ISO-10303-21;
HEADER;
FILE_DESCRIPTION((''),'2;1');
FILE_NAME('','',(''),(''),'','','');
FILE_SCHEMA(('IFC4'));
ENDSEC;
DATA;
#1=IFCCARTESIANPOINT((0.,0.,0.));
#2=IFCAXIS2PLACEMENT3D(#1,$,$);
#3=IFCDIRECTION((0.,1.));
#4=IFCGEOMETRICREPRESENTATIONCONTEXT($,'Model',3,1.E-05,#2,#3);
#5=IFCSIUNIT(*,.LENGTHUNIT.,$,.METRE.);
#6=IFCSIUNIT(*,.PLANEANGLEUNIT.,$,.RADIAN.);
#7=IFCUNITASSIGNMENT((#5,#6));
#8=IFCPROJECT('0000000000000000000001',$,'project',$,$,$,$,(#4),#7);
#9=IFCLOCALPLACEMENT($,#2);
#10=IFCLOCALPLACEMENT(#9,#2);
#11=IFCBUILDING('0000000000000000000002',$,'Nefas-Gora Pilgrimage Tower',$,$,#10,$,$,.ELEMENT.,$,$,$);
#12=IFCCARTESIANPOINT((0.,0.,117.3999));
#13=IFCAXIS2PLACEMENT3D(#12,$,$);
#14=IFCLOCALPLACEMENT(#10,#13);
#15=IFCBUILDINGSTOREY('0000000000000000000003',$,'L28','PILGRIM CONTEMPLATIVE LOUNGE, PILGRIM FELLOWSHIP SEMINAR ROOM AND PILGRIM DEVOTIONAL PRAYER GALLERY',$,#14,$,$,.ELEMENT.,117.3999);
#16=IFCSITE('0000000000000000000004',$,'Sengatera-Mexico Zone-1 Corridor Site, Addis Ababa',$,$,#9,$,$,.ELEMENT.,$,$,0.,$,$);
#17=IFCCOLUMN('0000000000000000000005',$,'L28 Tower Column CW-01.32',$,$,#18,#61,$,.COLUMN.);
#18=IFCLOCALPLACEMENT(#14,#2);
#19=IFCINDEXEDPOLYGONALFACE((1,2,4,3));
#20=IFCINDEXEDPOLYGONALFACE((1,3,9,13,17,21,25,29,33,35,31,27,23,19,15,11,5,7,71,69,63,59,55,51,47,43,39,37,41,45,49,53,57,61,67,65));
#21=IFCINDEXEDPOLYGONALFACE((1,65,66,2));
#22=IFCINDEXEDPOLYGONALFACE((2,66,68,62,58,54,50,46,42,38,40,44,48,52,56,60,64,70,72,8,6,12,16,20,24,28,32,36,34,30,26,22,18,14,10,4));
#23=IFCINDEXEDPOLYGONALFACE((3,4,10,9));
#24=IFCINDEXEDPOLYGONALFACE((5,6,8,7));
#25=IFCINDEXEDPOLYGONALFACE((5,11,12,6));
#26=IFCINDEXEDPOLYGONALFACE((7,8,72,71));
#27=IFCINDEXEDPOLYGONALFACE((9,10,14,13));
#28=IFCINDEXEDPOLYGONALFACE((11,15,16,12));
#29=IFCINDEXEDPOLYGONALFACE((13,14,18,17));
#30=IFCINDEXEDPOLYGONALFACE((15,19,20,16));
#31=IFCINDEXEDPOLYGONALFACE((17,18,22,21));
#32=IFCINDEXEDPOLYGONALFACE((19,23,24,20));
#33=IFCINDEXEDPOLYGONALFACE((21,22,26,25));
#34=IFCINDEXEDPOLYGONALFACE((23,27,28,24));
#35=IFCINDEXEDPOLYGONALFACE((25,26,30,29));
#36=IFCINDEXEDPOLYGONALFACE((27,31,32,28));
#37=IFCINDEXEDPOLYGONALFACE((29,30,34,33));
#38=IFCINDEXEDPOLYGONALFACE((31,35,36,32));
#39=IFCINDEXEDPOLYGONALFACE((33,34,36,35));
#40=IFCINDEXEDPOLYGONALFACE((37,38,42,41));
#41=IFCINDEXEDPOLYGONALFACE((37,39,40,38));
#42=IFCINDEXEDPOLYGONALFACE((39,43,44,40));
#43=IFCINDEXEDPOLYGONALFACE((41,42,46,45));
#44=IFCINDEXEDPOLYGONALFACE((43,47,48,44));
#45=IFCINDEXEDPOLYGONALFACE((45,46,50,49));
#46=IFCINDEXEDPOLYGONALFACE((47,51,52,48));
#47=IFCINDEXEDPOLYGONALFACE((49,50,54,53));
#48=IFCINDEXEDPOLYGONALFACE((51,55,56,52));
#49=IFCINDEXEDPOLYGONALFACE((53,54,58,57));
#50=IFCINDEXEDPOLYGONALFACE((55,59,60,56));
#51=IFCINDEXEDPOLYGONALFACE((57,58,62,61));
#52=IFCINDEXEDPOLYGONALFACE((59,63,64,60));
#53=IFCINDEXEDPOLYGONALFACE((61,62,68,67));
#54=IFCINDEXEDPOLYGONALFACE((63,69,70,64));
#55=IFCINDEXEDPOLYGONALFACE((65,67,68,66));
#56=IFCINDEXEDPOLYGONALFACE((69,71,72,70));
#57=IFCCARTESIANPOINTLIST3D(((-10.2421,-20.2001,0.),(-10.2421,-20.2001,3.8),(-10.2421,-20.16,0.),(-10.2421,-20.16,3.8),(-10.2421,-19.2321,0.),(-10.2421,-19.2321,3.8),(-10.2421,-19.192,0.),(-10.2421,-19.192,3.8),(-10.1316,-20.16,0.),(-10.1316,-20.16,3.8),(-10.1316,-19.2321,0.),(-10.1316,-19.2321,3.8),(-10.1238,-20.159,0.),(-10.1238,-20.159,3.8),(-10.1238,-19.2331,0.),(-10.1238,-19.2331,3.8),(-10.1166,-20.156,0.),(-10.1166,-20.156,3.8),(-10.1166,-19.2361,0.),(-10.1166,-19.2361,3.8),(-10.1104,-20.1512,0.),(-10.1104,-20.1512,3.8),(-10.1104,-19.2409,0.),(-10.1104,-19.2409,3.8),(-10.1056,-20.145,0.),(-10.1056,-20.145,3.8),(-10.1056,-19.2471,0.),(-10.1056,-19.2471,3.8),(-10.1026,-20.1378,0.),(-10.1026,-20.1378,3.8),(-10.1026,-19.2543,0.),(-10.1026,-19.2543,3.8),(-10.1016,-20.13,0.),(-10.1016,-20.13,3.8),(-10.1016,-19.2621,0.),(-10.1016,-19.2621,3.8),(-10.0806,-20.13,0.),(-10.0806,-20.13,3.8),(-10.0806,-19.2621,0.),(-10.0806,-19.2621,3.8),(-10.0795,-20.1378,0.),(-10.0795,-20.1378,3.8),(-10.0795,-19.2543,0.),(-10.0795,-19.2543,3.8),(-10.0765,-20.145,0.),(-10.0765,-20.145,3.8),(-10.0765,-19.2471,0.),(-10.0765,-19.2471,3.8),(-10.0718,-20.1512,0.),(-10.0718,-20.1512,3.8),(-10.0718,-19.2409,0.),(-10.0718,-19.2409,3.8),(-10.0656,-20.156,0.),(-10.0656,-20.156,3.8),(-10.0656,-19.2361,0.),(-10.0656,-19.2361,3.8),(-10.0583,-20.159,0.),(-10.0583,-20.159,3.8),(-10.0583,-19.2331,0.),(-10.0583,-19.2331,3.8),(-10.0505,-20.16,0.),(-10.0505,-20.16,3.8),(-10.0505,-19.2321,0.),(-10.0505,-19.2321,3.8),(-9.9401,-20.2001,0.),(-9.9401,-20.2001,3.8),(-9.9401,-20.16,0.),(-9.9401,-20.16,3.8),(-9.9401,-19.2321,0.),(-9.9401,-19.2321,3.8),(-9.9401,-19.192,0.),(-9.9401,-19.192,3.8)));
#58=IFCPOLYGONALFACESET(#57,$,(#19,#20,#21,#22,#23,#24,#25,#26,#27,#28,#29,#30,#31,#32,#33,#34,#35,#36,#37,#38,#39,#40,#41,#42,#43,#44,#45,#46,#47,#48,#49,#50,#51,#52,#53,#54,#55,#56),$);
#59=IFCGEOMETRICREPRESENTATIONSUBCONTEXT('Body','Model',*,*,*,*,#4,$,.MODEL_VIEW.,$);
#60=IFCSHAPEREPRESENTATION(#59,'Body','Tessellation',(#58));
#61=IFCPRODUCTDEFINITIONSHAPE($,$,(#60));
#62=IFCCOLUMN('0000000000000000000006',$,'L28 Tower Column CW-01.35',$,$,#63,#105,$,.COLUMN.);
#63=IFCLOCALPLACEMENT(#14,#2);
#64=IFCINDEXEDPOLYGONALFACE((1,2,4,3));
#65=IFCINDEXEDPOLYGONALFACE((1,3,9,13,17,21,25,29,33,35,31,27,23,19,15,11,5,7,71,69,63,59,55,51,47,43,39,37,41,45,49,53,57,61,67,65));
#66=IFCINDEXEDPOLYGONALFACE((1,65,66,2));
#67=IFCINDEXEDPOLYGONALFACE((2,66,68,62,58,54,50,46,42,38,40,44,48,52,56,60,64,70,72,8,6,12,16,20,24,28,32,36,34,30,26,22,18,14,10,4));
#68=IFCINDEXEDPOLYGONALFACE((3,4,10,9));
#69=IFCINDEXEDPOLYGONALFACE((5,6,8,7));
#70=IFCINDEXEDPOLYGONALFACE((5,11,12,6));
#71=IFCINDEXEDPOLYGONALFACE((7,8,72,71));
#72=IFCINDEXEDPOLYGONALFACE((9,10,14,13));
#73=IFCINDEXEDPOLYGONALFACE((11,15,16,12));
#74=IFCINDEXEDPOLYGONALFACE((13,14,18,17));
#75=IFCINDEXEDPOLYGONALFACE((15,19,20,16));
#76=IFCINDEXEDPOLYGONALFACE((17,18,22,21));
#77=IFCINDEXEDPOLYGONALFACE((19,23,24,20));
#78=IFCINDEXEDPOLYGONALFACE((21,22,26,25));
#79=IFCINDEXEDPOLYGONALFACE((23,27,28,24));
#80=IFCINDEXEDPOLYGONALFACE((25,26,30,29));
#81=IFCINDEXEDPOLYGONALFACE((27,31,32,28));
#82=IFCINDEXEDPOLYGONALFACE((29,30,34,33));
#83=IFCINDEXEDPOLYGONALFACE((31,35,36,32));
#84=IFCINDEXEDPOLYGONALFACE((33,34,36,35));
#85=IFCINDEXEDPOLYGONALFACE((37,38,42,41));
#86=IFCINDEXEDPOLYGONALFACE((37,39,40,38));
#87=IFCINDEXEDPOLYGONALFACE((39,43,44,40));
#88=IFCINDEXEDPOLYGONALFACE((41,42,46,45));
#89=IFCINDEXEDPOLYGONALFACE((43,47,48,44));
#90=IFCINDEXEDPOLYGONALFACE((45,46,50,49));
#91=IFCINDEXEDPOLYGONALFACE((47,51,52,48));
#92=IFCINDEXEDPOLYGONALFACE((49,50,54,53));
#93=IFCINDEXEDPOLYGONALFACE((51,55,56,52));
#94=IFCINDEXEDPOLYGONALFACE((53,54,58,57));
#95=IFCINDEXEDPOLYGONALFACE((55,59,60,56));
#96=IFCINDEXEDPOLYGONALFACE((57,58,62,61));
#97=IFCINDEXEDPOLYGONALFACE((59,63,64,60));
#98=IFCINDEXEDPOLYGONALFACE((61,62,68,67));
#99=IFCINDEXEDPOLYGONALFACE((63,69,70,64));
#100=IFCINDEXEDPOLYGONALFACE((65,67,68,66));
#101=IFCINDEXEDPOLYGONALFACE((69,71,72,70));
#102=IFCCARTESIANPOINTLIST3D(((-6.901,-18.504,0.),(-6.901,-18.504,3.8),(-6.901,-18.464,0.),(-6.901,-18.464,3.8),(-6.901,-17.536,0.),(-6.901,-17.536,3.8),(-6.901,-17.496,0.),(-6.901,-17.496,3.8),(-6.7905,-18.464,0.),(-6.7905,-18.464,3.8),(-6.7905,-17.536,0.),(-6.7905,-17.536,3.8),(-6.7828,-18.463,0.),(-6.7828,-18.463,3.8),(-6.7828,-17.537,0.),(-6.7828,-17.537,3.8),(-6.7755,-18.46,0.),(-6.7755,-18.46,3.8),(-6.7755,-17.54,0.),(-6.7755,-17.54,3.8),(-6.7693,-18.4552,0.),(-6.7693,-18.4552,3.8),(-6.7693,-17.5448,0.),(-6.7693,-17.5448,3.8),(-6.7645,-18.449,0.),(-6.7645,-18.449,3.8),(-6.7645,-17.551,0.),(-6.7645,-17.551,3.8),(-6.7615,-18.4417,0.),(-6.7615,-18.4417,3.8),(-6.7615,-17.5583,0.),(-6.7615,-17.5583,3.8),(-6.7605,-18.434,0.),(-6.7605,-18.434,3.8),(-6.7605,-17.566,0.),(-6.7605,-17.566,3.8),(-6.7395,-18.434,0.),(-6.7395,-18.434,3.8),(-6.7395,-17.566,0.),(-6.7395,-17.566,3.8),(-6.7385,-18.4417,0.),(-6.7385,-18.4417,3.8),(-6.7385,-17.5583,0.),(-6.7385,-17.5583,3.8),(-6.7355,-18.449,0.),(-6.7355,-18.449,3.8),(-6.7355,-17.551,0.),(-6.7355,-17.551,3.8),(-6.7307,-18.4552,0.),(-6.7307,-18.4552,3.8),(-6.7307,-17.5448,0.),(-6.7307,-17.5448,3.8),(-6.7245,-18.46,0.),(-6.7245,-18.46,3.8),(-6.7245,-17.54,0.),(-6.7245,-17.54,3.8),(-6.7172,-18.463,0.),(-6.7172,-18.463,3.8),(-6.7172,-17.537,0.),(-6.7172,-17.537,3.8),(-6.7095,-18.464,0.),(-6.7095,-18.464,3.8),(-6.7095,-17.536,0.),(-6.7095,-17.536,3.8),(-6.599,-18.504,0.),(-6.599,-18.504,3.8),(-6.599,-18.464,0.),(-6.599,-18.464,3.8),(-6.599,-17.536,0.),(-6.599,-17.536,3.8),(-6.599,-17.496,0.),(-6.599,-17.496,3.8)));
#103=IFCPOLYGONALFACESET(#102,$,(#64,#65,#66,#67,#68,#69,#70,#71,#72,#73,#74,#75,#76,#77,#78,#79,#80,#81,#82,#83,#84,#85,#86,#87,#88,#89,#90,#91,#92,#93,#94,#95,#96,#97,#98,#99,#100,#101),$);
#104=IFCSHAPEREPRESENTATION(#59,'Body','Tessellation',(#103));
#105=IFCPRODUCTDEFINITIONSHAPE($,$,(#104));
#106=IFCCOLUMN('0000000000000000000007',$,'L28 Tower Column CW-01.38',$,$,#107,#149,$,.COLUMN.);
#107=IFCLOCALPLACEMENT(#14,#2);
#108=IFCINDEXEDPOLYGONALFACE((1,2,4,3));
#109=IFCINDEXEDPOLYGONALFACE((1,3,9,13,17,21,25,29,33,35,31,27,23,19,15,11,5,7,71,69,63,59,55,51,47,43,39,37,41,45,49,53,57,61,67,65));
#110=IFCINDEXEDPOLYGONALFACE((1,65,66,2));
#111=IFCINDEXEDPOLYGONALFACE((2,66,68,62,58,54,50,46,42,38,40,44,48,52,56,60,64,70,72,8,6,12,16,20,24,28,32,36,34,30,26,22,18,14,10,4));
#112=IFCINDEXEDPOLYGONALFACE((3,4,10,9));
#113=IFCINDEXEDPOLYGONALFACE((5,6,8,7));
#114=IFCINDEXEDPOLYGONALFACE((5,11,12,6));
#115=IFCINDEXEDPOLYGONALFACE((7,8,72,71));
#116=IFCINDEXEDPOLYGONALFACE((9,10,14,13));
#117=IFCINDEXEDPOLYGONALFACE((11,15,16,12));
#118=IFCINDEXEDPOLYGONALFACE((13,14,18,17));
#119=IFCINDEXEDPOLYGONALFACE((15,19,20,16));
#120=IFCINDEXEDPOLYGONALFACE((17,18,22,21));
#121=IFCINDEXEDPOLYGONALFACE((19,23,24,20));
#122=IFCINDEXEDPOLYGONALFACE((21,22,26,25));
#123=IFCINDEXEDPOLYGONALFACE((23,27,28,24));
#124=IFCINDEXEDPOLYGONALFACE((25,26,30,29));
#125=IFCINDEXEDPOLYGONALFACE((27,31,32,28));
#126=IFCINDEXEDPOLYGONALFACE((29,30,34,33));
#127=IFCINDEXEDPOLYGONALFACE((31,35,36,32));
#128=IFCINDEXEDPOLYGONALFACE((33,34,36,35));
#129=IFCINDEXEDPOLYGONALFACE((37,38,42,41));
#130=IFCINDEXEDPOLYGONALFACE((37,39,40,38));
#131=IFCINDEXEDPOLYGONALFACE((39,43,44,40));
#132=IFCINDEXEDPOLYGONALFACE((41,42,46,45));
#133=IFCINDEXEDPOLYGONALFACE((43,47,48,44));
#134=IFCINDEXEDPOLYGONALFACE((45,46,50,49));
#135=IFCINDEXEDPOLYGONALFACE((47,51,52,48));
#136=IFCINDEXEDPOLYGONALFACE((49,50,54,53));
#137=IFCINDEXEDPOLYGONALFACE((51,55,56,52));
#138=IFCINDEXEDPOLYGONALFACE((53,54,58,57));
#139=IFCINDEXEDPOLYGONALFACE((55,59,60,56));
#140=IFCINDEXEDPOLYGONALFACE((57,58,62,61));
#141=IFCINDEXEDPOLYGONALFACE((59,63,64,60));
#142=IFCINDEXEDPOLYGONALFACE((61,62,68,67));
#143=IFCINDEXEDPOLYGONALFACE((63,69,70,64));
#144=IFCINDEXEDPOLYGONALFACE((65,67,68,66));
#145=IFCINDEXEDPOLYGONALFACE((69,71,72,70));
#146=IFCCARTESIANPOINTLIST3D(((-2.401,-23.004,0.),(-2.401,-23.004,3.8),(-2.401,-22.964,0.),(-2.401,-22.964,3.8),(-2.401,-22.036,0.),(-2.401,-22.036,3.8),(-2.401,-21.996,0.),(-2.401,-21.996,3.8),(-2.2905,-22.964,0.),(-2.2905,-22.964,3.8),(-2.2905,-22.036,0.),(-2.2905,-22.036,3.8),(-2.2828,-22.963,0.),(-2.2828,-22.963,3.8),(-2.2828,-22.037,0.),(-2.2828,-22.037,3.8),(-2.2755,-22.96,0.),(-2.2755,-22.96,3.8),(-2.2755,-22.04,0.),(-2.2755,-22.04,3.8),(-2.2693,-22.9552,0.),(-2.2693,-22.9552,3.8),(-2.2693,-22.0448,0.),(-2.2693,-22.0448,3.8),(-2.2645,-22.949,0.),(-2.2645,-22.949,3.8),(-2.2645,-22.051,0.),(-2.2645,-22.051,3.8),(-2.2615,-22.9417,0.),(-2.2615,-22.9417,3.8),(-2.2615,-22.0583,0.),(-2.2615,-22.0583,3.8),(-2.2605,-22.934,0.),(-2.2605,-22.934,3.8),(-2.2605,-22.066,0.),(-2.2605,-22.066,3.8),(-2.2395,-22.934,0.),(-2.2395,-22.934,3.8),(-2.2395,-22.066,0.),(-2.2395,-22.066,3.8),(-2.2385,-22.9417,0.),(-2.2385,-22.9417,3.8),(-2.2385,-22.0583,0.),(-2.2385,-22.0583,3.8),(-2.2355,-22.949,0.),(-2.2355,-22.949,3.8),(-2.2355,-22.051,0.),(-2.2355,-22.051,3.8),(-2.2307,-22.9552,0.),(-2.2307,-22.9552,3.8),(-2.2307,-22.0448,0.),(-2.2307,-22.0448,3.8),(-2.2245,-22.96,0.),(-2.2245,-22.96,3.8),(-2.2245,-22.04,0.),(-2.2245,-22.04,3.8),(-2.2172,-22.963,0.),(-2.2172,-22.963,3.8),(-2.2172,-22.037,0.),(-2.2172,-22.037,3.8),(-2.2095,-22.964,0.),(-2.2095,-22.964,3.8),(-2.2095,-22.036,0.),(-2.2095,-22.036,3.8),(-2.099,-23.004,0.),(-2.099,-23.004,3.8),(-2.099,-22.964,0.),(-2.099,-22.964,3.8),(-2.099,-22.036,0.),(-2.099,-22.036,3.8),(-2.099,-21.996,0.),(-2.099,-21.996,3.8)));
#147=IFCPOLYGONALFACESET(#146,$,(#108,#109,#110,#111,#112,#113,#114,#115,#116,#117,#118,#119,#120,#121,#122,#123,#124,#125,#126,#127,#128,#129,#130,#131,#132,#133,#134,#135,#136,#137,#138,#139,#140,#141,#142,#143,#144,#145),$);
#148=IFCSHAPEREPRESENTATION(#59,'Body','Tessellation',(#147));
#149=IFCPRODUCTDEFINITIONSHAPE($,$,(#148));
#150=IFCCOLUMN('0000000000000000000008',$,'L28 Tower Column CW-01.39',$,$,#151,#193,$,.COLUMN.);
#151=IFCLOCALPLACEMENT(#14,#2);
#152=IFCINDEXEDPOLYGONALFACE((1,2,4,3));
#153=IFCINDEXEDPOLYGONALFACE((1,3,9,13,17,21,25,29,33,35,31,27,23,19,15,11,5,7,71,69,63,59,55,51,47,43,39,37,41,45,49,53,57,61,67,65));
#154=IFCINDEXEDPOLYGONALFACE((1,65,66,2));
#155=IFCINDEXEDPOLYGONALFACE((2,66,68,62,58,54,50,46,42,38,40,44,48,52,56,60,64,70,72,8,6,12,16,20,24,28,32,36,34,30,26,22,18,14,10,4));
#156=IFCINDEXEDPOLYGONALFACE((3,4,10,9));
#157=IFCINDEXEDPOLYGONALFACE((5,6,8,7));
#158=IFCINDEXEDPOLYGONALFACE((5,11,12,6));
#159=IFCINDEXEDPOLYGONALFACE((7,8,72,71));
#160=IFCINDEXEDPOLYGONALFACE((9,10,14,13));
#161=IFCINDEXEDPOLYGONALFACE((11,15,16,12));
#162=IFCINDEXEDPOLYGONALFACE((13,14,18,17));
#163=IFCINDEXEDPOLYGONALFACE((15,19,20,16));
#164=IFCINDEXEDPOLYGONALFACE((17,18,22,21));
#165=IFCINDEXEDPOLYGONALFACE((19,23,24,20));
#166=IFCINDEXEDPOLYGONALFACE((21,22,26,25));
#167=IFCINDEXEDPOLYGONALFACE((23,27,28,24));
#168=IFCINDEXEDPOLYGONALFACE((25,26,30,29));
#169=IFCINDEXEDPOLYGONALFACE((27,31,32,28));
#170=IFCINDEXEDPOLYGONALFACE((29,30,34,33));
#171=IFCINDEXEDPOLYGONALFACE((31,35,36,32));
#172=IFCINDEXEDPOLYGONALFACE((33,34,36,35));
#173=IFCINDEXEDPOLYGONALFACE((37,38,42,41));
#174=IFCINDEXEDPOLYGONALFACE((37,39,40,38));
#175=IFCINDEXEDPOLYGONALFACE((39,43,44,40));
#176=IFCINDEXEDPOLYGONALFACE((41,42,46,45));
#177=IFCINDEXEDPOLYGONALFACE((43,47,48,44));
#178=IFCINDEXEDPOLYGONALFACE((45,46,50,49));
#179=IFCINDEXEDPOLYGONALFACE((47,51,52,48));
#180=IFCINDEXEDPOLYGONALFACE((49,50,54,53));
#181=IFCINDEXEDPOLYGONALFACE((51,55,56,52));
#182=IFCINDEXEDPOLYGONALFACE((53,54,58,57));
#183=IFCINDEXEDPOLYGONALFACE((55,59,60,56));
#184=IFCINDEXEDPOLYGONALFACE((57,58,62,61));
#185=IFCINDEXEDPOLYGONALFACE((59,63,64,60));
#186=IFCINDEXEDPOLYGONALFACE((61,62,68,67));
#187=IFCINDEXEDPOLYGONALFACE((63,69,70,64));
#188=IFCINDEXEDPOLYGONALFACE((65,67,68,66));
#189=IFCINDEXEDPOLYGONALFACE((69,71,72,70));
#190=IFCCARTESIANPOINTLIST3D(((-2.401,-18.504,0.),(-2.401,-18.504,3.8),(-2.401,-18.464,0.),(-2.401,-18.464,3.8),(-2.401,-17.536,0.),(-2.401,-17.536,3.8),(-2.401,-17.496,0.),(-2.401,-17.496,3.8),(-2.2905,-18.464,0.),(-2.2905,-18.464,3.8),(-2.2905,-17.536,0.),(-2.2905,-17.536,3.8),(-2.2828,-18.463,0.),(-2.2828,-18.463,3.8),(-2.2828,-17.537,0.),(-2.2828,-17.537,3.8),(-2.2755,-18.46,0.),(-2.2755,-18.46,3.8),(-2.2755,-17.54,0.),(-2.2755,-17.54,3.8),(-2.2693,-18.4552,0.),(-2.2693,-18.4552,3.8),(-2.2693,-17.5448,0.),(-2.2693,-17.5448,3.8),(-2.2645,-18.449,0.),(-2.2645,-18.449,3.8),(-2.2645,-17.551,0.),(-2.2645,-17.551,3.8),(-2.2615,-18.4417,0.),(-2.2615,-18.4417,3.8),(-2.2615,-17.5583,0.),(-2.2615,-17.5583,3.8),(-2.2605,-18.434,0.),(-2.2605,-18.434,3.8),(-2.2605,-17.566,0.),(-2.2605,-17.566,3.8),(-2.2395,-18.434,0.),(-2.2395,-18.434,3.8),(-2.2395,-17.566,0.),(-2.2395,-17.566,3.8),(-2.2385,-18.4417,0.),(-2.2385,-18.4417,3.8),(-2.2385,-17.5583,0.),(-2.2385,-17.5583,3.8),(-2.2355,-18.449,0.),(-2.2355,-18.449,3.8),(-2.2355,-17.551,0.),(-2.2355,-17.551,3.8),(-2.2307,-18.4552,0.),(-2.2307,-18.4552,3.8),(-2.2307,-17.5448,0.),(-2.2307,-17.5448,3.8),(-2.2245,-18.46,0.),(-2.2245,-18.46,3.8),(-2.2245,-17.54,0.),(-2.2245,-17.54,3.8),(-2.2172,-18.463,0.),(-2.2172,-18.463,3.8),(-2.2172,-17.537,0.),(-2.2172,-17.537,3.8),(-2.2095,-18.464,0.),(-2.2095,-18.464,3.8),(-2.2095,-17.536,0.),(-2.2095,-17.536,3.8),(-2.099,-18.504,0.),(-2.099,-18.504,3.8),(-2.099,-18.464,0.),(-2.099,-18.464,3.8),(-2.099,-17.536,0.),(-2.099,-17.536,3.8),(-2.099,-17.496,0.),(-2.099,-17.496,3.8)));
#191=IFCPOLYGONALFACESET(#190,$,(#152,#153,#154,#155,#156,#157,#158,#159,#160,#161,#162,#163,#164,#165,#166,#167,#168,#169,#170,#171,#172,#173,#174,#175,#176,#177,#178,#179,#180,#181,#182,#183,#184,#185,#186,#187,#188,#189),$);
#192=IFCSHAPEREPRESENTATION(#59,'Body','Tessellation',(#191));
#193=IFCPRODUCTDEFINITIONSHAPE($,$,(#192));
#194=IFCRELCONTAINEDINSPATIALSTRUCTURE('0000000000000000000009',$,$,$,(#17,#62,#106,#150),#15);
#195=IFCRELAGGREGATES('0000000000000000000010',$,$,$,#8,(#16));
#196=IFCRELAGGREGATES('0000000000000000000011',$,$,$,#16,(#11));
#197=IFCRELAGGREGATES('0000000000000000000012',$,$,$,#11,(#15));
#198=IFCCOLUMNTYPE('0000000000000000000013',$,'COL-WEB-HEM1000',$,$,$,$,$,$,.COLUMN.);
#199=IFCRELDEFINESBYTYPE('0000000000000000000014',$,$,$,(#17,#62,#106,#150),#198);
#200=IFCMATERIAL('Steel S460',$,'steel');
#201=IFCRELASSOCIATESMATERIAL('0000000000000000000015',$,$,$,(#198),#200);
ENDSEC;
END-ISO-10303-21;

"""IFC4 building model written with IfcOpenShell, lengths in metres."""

from ifc_helpers import new_model, si_unit, direction, frame, origin, origin_2d, place, context, subcontext, project, spatial, i_section, extrude, source, transform, mapped, material, material_profile, profile_set, type_object, element, save


model = new_model("IFC4")

# Units and contexts
model_context = context("Model", 3, precision=1e-05, world=origin(), true_north=direction((0.0, 1.0)))
body_context = subcontext(model_context, "Body", "Model", "MODEL_VIEW")
ifc_project = project(units=[si_unit("LENGTHUNIT", "METRE"), si_unit("PLANEANGLEUNIT", "RADIAN")], contexts=[model_context])

# Site, building, storey
site_placement = place(None, origin())
site = spatial("IfcSite", under=ifc_project, at=site_placement, Name="Sengatera-Mexico Zone-1 Corridor Site, Addis Ababa", CompositionType="ELEMENT", RefElevation=0.0)
building_placement = place(site_placement, origin())
building = spatial("IfcBuilding", under=site, at=building_placement, Name="Nefas-Gora Pilgrimage Tower", CompositionType="ELEMENT")
storey_placement = place(building_placement, frame((0.0, 0.0, 117.3999)))
storey = spatial("IfcBuildingStorey", under=building, at=storey_placement, Name="L28", Description="PILGRIM CONTEMPLATIVE LOUNGE, PILGRIM FELLOWSHIP SEMINAR ROOM AND PILGRIM DEVOTIONAL PRAYER GALLERY", CompositionType="ELEMENT", Elevation=117.3999)

# Columns
ifc_material_1 = material(Name="Steel S460", Category="steel")
ifc_material_profile_1 = material_profile(ifc_material_1, i_section(OverallWidth=0.302, OverallDepth=1.0081, WebThickness=0.021, FlangeThickness=0.04, FilletRadius=0.03, at=origin_2d()), Name="HEM 1000")
ifc_profile_set_1 = profile_set([ifc_material_profile_1], Name="Steel S460")
column_type_1 = type_object("IfcColumnType", Name="COL-WEB-HEM1000", PredefinedType="COLUMN", material=ifc_profile_set_1)
shared_shape_1 = source(origin(), body_context, "Body", "SweptSolid", [
    extrude(i_section(OverallWidth=0.302, OverallDepth=1.0081, WebThickness=0.021, FlangeThickness=0.04, FilletRadius=0.03, at=origin_2d()), origin(), (0.0, 0.0, 1.0), 3.8),
])
for number, where, z_axis, x_axis, name in (
    (1, (-10.0911, -19.696, 0.0), (0.0, 0.0, 1.0), (1.0, 0.0, 0.0), "L28 Tower Column CW-01.32"),
    (2, (-6.75, -18.0, 0.0), (0.0, 0.0, 1.0), (1.0, 0.0, 0.0), "L28 Tower Column CW-01.35"),
    (3, (-2.25, -22.5, 0.0), (0.0, 0.0, 1.0), (1.0, 0.0, 0.0), "L28 Tower Column CW-01.38"),
    (4, (-2.25, -18.0, 0.0), (0.0, 0.0, 1.0), (1.0, 0.0, 0.0), "L28 Tower Column CW-01.39"),
):
    element("IfcColumn", number, at=place(storey_placement, frame(where, z_axis=z_axis, x_axis=x_axis)), inside=storey, type_object=column_type_1, Name=name, PredefinedType="COLUMN", context=body_context, shape_type="MappedRepresentation", body=[
        mapped(shared_shape_1, transform((0.0, 0.0, 0.0), x_axis=(1.0, 0.0, 0.0), y_axis=(0.0, 1.0, 0.0), z_axis=(0.0, 0.0, 1.0), scale=1.0)),
    ])

save(model, "model.ifc")
